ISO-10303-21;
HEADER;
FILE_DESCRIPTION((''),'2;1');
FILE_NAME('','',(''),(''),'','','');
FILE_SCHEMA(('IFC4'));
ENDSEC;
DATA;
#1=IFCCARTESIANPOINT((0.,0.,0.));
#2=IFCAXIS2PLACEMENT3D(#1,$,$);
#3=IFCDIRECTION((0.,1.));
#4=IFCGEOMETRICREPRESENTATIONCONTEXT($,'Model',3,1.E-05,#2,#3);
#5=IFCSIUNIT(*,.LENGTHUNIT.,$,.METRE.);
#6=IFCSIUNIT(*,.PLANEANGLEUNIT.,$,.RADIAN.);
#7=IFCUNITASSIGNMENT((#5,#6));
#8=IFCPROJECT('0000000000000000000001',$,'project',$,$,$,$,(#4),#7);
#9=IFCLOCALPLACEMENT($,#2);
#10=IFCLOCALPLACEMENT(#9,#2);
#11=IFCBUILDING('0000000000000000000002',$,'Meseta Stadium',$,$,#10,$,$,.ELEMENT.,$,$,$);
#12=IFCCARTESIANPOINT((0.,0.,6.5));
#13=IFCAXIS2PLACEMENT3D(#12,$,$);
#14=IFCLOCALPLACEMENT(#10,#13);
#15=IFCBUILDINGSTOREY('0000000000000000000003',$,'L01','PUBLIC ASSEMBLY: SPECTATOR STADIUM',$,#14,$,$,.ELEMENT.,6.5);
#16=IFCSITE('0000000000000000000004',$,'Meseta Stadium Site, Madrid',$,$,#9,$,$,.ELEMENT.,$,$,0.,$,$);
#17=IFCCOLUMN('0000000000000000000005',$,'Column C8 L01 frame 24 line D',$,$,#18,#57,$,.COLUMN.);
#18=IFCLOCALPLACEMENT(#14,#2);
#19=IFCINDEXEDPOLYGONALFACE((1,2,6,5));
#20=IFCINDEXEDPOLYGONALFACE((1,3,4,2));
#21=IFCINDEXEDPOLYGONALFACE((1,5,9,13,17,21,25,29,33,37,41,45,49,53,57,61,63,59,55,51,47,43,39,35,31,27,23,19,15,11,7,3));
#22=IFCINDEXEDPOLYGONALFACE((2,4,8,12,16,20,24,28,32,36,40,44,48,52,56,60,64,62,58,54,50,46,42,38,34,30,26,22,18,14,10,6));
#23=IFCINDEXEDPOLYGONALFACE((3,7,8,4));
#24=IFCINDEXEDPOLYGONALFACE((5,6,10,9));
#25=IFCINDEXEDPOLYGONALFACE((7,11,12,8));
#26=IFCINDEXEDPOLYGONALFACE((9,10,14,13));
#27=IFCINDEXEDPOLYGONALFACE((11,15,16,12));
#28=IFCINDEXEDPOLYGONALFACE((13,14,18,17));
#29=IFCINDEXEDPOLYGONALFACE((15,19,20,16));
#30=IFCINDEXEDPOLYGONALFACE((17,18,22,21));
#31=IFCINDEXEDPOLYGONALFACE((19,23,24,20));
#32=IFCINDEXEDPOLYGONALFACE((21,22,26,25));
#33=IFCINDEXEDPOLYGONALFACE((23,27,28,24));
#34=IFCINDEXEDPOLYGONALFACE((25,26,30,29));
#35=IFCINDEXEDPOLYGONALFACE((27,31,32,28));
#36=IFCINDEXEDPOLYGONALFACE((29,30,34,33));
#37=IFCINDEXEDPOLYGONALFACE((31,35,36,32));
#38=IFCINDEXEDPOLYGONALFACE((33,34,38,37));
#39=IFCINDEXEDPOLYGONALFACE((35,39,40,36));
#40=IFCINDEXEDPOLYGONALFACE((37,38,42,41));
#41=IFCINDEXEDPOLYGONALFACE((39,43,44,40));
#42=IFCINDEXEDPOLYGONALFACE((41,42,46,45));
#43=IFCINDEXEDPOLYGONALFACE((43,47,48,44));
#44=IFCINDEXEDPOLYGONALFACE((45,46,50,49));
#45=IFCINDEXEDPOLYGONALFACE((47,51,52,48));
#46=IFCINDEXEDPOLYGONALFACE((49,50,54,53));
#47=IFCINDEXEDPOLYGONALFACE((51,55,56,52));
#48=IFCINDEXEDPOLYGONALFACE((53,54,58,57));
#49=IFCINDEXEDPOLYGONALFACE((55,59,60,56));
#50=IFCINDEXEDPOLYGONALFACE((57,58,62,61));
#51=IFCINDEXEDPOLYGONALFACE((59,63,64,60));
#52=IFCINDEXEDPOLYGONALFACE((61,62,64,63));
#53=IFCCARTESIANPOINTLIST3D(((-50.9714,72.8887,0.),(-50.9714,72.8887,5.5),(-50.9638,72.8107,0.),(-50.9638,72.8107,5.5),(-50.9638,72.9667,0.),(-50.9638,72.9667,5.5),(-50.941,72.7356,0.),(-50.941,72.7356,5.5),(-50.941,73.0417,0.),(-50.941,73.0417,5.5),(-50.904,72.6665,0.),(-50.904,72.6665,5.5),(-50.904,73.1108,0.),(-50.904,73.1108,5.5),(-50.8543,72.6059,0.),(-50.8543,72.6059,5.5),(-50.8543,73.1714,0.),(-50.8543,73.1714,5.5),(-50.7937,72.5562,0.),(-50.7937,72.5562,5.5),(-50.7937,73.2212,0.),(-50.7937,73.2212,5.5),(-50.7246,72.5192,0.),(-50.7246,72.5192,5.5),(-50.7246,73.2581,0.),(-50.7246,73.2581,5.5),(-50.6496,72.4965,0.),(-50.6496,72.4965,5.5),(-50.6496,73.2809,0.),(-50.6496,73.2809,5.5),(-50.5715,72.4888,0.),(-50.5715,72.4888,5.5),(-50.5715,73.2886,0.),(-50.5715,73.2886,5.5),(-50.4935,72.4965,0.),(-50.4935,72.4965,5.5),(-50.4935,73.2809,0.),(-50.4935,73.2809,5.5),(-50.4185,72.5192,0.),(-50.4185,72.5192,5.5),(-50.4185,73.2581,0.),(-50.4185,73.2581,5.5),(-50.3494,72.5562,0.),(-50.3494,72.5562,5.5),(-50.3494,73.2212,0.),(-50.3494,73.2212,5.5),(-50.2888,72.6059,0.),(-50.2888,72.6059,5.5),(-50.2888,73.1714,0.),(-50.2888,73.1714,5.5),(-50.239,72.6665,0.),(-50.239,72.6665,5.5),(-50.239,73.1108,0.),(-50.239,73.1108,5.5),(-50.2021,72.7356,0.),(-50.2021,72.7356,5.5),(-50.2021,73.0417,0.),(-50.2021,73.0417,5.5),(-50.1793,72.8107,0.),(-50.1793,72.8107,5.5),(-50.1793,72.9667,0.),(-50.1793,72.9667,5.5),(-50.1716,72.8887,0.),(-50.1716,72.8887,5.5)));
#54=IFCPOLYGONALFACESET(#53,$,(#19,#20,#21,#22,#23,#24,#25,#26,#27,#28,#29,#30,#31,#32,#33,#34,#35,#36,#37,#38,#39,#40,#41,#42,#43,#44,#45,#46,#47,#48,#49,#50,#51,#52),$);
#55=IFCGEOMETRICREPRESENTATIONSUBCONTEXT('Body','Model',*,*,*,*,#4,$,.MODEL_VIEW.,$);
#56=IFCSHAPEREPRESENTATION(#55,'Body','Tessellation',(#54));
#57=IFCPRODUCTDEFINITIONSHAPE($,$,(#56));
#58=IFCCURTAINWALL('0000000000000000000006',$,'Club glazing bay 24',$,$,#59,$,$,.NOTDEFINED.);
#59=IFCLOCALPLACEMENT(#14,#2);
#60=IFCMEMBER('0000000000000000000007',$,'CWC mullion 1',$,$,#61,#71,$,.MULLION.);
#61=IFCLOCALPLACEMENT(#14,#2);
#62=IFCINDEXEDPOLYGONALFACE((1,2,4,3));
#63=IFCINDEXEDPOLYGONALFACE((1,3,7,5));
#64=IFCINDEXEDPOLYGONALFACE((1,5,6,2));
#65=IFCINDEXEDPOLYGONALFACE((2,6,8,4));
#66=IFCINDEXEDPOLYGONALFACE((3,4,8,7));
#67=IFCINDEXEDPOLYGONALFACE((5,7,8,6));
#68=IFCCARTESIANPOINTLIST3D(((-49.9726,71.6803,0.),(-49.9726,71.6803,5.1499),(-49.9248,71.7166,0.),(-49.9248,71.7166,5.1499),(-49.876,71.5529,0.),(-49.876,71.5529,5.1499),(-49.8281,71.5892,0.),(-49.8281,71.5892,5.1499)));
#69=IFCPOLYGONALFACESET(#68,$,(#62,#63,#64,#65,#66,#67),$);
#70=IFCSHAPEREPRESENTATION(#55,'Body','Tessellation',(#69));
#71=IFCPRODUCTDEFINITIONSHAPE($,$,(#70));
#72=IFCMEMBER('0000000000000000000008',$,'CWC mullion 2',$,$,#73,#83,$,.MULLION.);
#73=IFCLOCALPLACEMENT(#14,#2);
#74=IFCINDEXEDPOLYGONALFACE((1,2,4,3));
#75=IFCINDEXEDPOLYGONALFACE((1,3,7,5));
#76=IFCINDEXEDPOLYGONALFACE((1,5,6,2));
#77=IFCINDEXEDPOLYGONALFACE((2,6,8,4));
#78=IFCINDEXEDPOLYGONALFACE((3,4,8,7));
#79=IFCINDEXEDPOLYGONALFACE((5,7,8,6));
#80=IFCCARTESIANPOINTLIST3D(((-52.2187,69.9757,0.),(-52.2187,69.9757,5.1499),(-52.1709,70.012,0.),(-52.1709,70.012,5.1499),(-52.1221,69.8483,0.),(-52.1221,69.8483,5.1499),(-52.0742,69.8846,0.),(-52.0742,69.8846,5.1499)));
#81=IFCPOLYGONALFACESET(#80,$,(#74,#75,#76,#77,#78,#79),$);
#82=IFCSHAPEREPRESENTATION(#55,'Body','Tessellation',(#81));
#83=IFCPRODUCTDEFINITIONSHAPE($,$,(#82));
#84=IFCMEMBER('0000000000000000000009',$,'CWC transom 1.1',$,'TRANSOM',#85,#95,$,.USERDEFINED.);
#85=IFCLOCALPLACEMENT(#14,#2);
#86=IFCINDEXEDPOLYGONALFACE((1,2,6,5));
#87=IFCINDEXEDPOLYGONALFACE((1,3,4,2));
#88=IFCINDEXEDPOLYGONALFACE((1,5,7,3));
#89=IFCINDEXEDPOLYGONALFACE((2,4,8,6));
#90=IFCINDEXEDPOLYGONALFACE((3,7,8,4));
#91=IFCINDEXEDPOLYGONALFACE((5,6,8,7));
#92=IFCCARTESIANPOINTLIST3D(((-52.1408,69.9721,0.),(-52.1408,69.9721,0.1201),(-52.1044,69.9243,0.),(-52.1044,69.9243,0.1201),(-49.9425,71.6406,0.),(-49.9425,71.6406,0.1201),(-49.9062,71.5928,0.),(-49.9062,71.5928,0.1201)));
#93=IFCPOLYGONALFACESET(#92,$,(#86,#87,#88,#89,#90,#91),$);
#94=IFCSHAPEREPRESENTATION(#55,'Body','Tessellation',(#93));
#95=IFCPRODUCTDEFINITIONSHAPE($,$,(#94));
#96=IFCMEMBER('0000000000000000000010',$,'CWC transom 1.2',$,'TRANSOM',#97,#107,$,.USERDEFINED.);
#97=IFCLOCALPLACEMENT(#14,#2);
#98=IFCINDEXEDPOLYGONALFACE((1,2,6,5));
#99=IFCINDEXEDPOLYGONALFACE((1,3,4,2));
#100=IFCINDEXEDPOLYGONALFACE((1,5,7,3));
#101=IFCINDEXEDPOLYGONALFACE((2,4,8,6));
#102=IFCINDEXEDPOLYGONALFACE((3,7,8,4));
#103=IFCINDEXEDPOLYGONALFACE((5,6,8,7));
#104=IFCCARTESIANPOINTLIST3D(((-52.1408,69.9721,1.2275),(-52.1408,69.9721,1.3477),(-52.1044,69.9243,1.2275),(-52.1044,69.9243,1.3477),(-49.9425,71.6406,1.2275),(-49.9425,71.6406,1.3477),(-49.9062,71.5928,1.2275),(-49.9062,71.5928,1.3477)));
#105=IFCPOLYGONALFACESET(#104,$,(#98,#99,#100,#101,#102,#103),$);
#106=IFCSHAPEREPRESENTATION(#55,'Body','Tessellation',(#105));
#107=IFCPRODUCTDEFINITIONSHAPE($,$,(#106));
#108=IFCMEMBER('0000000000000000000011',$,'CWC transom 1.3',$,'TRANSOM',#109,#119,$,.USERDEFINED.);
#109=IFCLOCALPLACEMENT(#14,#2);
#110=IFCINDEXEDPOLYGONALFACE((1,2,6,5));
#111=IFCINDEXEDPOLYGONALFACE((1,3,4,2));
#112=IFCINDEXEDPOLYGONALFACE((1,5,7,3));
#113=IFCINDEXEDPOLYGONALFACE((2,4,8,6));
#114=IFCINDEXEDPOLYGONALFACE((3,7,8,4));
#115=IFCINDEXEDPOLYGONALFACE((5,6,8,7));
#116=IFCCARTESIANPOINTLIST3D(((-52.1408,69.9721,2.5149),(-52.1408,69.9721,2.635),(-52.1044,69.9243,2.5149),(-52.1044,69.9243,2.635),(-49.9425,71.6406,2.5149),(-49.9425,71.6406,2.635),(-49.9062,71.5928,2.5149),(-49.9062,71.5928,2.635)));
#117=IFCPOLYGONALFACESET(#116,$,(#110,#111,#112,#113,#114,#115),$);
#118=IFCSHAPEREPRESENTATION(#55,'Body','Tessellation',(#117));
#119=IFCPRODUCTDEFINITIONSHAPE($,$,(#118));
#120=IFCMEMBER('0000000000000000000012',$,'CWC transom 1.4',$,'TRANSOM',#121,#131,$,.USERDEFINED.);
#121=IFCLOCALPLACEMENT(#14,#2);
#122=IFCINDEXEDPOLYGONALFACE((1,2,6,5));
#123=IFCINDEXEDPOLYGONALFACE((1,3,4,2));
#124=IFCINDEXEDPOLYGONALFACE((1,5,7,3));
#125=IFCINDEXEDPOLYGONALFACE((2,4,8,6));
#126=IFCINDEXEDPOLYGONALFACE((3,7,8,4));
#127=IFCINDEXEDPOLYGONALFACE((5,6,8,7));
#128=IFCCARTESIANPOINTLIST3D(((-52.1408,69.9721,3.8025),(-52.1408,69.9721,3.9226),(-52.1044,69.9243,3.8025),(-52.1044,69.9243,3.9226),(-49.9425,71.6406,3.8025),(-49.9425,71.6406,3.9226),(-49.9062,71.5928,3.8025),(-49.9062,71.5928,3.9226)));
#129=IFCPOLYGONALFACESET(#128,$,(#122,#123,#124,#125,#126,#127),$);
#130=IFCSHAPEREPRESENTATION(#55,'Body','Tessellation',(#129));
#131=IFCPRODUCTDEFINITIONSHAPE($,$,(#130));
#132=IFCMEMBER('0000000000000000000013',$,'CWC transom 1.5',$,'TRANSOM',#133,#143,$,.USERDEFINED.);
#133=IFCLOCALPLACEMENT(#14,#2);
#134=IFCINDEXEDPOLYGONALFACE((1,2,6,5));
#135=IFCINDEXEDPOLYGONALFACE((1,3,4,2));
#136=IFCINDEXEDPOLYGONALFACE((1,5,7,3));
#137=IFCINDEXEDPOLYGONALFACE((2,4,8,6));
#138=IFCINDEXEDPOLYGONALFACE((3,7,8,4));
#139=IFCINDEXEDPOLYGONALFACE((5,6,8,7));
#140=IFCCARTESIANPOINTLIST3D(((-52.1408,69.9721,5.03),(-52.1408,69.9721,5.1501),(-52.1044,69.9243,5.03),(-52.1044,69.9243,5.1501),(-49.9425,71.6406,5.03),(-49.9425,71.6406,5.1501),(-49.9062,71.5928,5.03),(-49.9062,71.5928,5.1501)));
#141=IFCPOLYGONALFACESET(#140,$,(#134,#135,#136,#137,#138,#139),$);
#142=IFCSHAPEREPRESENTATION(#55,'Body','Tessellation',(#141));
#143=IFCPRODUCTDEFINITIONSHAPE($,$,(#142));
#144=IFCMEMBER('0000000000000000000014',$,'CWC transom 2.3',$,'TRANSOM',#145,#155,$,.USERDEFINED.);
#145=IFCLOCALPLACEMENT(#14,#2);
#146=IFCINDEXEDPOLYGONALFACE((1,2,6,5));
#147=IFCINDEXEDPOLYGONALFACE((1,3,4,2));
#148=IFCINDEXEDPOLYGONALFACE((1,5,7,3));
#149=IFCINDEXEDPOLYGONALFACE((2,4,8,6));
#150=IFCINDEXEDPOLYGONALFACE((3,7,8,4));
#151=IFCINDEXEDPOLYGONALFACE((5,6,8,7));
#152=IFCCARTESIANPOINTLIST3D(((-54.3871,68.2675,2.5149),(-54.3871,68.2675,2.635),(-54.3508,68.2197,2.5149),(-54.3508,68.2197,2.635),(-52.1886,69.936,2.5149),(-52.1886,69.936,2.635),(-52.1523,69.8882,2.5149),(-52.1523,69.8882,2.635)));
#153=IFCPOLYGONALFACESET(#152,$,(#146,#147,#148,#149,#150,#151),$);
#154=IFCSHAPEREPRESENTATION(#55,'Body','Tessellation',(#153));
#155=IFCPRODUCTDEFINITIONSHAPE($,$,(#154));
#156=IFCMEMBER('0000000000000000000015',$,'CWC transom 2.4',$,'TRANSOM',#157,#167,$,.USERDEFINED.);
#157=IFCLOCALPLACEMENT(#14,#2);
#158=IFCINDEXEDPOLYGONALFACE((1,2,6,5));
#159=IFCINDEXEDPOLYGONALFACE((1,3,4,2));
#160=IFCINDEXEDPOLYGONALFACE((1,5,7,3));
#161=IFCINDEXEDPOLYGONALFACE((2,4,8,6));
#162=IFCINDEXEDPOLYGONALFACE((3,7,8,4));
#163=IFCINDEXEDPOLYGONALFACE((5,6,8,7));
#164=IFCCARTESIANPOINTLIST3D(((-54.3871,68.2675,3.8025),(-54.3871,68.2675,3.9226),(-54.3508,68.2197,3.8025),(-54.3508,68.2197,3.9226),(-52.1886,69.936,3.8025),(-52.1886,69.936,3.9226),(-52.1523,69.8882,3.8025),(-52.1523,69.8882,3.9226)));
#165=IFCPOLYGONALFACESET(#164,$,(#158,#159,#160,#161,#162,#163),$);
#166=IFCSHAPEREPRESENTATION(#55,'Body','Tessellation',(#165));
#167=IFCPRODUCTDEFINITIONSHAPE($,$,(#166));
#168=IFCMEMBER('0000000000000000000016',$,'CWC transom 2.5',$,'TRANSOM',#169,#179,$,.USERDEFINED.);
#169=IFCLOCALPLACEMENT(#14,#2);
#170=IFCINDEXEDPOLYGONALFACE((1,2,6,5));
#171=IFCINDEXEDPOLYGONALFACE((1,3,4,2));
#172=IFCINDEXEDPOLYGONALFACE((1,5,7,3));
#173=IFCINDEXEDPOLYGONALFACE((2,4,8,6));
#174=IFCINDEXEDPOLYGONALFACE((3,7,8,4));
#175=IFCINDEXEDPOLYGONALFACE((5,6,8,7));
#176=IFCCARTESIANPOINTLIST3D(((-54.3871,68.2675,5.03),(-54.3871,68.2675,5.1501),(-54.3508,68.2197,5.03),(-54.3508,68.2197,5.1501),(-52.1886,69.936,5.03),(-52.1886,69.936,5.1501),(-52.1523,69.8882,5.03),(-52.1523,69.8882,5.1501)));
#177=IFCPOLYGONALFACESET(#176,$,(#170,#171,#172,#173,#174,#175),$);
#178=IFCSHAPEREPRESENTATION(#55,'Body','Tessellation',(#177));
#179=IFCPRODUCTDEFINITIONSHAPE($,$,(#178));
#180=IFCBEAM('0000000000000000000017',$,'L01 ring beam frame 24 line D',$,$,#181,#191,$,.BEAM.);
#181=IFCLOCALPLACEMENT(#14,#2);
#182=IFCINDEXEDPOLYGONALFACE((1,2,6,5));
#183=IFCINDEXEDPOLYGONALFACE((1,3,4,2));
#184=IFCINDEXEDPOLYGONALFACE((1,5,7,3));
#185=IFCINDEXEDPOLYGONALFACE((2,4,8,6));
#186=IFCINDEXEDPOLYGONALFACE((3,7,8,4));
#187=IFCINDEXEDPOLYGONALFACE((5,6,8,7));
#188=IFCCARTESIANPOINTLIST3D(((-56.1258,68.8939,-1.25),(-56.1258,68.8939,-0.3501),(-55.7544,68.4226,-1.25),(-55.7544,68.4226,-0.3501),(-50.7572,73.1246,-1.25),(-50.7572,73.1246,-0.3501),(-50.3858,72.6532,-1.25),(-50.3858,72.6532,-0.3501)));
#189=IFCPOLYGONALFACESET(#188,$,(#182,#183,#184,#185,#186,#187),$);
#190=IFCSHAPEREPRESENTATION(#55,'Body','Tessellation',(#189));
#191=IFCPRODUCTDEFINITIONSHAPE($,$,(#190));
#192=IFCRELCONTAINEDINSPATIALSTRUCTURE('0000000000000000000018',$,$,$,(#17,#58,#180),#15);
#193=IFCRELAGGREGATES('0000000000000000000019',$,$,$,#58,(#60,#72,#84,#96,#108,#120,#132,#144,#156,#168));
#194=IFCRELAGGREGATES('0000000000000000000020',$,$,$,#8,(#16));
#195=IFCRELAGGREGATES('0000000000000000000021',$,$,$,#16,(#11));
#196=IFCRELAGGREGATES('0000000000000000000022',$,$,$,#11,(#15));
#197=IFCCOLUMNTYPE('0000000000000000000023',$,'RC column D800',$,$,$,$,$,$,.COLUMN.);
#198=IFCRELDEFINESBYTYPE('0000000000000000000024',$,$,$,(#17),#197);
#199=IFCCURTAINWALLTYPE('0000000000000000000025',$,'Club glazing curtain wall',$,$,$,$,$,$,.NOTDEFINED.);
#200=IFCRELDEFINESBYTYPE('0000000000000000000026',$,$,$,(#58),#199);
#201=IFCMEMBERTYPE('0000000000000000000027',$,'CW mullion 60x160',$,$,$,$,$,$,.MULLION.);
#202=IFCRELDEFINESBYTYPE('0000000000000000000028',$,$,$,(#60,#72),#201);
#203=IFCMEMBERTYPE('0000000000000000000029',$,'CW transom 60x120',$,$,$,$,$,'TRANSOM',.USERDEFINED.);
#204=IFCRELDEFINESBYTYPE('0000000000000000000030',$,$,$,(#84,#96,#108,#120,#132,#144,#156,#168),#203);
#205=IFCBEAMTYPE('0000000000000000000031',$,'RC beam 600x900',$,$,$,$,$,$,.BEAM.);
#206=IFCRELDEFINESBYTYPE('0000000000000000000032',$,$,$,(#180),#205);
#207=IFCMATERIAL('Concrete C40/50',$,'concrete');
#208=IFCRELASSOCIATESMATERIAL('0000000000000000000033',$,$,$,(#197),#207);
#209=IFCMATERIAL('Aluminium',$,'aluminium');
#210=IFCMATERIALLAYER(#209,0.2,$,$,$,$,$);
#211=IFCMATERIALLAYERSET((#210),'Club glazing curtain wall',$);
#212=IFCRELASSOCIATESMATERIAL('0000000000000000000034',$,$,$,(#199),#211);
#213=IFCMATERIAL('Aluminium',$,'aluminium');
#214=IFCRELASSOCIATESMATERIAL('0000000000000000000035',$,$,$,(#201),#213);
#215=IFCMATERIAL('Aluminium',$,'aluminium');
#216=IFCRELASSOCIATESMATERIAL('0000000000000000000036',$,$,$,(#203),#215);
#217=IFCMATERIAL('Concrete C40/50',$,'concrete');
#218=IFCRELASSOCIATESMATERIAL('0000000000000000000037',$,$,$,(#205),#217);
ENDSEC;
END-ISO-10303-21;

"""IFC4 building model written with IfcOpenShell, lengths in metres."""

from ifc_helpers import new_model, si_unit, direction, frame, origin, origin_2d, place, context, subcontext, project, spatial, rectangle, circle, extrude, material, layer, layer_set, material_profile, profile_set, type_object, element, aggregate, save


model = new_model("IFC4")

# Units and contexts
model_context = context("Model", 3, precision=1e-05, world=origin(), true_north=direction((0.0, 1.0)))
body_context = subcontext(model_context, "Body", "Model", "MODEL_VIEW")
ifc_project = project(units=[si_unit("LENGTHUNIT", "METRE"), si_unit("PLANEANGLEUNIT", "RADIAN")], contexts=[model_context])

# Site, building, storey
site_placement = place(None, origin())
site = spatial("IfcSite", under=ifc_project, at=site_placement, Name="Meseta Stadium Site, Madrid", CompositionType="ELEMENT", RefElevation=0.0)
building_placement = place(site_placement, origin())
building = spatial("IfcBuilding", under=site, at=building_placement, Name="Meseta Stadium", CompositionType="ELEMENT")
storey_placement = place(building_placement, frame((0.0, 0.0, 6.5)))
storey = spatial("IfcBuildingStorey", under=building, at=storey_placement, Name="L01", Description="PUBLIC ASSEMBLY: SPECTATOR STADIUM", CompositionType="ELEMENT", Elevation=6.5)

# Column
ifc_material_1 = material(Name="Concrete C40/50", Category="concrete")
ifc_material_profile_1 = material_profile(ifc_material_1, circle(Radius=0.3999, at=origin_2d()), Name="RC D800")
ifc_profile_set_1 = profile_set([ifc_material_profile_1], Name="Concrete C40/50")
column_type = type_object("IfcColumnType", Name="RC column D800", PredefinedType="COLUMN", material=ifc_profile_set_1)
column_placement = place(storey_placement, frame((-50.5715, 72.8887, 0.0), z_axis=(0.0, 0.0, 1.0), x_axis=(1.0, 0.0, 0.0)))
element("IfcColumn", 1, at=column_placement, inside=storey, type_object=column_type, Name="Column C8 L01 frame 24 line D", PredefinedType="COLUMN", context=body_context, shape_type="SweptSolid", body=[
    extrude(circle(Radius=0.3999, at=origin_2d()), origin(), (0.0, 0.0, 1.0), 5.5),
])

# Curtain wall, members
ifc_material_2 = material(Name="Aluminium", Category="aluminium")
ifc_layer_1 = layer(ifc_material_2, 0.2)
ifc_layer_set_1 = layer_set([ifc_layer_1], Name="Club glazing curtain wall")
curtain_wall_type = type_object("IfcCurtainWallType", Name="Club glazing curtain wall", PredefinedType="NOTDEFINED", material=ifc_layer_set_1)
curtain_wall_placement = place(storey_placement, origin())
curtain_wall = element("IfcCurtainWall", 2, at=curtain_wall_placement, inside=storey, type_object=curtain_wall_type, Name="Club glazing bay 24", PredefinedType="NOTDEFINED")
ifc_material_3 = material(Name="Aluminium", Category="aluminium")
ifc_material_profile_2 = material_profile(ifc_material_3, rectangle(XDim=0.1599, YDim=0.0601, at=origin_2d()), Name="CW 160x60")
ifc_profile_set_2 = profile_set([ifc_material_profile_2], Name="Aluminium")
member_type_1 = type_object("IfcMemberType", Name="CW mullion 60x160", PredefinedType="MULLION", material=ifc_profile_set_2)
member_1_placement = place(storey_placement, frame((-49.9004, 71.6348, 0.0), z_axis=(0.0, 0.0, 1.0), x_axis=(0.60452, -0.79659, 0.0)))
member_1 = element("IfcMember", 3, at=member_1_placement, type_object=member_type_1, Name="CWC mullion 1", PredefinedType="MULLION", context=body_context, shape_type="SweptSolid", body=[
    extrude(rectangle(XDim=0.1599, YDim=0.0601, at=origin_2d()), origin(), (0.0, 0.0, 1.0), 5.1499),
])
member_2_placement = place(storey_placement, frame((-52.1465, 69.9302, 0.0), z_axis=(0.0, 0.0, 1.0), x_axis=(0.60452, -0.79659, 0.0)))
member_2 = element("IfcMember", 4, at=member_2_placement, type_object=member_type_1, Name="CWC mullion 2", PredefinedType="MULLION", context=body_context, shape_type="SweptSolid", body=[
    extrude(rectangle(XDim=0.1599, YDim=0.0601, at=origin_2d()), origin(), (0.0, 0.0, 1.0), 5.1499),
])
ifc_material_4 = material(Name="Aluminium", Category="aluminium")
ifc_material_profile_3 = material_profile(ifc_material_4, rectangle(XDim=0.0601, YDim=0.1201, at=origin_2d()), Name="CW 60x120")
ifc_profile_set_3 = profile_set([ifc_material_profile_3], Name="Aluminium")
member_type_2 = type_object("IfcMemberType", Name="CW transom 60x120", ElementType="TRANSOM", PredefinedType="USERDEFINED", material=ifc_profile_set_3)
member_3_placement = place(storey_placement, frame((-49.9243, 71.6167, 0.0601), z_axis=(-0.796547, -0.604576, 0.0), x_axis=(0.604576, -0.796547, 0.0)))
member_3 = element("IfcMember", 5, at=member_3_placement, type_object=member_type_2, Name="CWC transom 1.1", ObjectType="TRANSOM", PredefinedType="USERDEFINED", context=body_context, shape_type="SweptSolid", body=[
    extrude(rectangle(XDim=0.0601, YDim=0.1201, at=origin_2d()), origin(), (0.0, 0.0, 1.0), 2.7598),
])
member_4_placement = place(storey_placement, frame((-49.9243, 71.6167, 1.2876), z_axis=(-0.796547, -0.604576, 0.0), x_axis=(0.604576, -0.796547, 0.0)))
member_4 = element("IfcMember", 6, at=member_4_placement, type_object=member_type_2, Name="CWC transom 1.2", ObjectType="TRANSOM", PredefinedType="USERDEFINED", context=body_context, shape_type="SweptSolid", body=[
    extrude(rectangle(XDim=0.0601, YDim=0.1201, at=origin_2d()), origin(), (0.0, 0.0, 1.0), 2.7598),
])
member_5_placement = place(storey_placement, frame((-49.9243, 71.6167, 2.575), z_axis=(-0.796547, -0.604576, 0.0), x_axis=(0.604576, -0.796547, 0.0)))
member_5 = element("IfcMember", 7, at=member_5_placement, type_object=member_type_2, Name="CWC transom 1.3", ObjectType="TRANSOM", PredefinedType="USERDEFINED", context=body_context, shape_type="SweptSolid", body=[
    extrude(rectangle(XDim=0.0601, YDim=0.1201, at=origin_2d()), origin(), (0.0, 0.0, 1.0), 2.7598),
])
member_6_placement = place(storey_placement, frame((-49.9243, 71.6167, 3.8625), z_axis=(-0.796547, -0.604576, 0.0), x_axis=(0.604576, -0.796547, 0.0)))
member_6 = element("IfcMember", 8, at=member_6_placement, type_object=member_type_2, Name="CWC transom 1.4", ObjectType="TRANSOM", PredefinedType="USERDEFINED", context=body_context, shape_type="SweptSolid", body=[
    extrude(rectangle(XDim=0.0601, YDim=0.1201, at=origin_2d()), origin(), (0.0, 0.0, 1.0), 2.7598),
])
member_7_placement = place(storey_placement, frame((-49.9243, 71.6167, 5.0901), z_axis=(-0.796547, -0.604576, 0.0), x_axis=(0.604576, -0.796547, 0.0)))
member_7 = element("IfcMember", 9, at=member_7_placement, type_object=member_type_2, Name="CWC transom 1.5", ObjectType="TRANSOM", PredefinedType="USERDEFINED", context=body_context, shape_type="SweptSolid", body=[
    extrude(rectangle(XDim=0.0601, YDim=0.1201, at=origin_2d()), origin(), (0.0, 0.0, 1.0), 2.7598),
])
member_8_placement = place(storey_placement, frame((-52.1704, 69.9121, 2.575), z_axis=(-0.79658, -0.604534, 0.0), x_axis=(0.604534, -0.79658, 0.0)))
member_8 = element("IfcMember", 10, at=member_8_placement, type_object=member_type_2, Name="CWC transom 2.3", ObjectType="TRANSOM", PredefinedType="USERDEFINED", context=body_context, shape_type="SweptSolid", body=[
    extrude(rectangle(XDim=0.0601, YDim=0.1201, at=origin_2d()), origin(), (0.0, 0.0, 1.0), 2.76),
])
member_9_placement = place(storey_placement, frame((-52.1704, 69.9121, 3.8625), z_axis=(-0.79658, -0.604534, 0.0), x_axis=(0.604534, -0.79658, 0.0)))
member_9 = element("IfcMember", 11, at=member_9_placement, type_object=member_type_2, Name="CWC transom 2.4", ObjectType="TRANSOM", PredefinedType="USERDEFINED", context=body_context, shape_type="SweptSolid", body=[
    extrude(rectangle(XDim=0.0601, YDim=0.1201, at=origin_2d()), origin(), (0.0, 0.0, 1.0), 2.76),
])
member_10_placement = place(storey_placement, frame((-52.1704, 69.9121, 5.0901), z_axis=(-0.79658, -0.604534, 0.0), x_axis=(0.604534, -0.79658, 0.0)))
member_10 = element("IfcMember", 12, at=member_10_placement, type_object=member_type_2, Name="CWC transom 2.5", ObjectType="TRANSOM", PredefinedType="USERDEFINED", context=body_context, shape_type="SweptSolid", body=[
    extrude(rectangle(XDim=0.0601, YDim=0.1201, at=origin_2d()), origin(), (0.0, 0.0, 1.0), 2.76),
])

# Beam
ifc_material_5 = material(Name="Concrete C40/50", Category="concrete")
ifc_material_profile_4 = material_profile(ifc_material_5, rectangle(XDim=0.6001, YDim=0.8999, at=origin_2d()), Name="RC 600x900")
ifc_profile_set_4 = profile_set([ifc_material_profile_4], Name="Concrete C40/50")
beam_type = type_object("IfcBeamType", Name="RC beam 600x900", PredefinedType="BEAM", material=ifc_profile_set_4)
beam_1_placement = place(storey_placement, frame((-50.5715, 72.8889, -0.8), z_axis=(-0.78543, -0.61895, 0.0), x_axis=(0.61895, -0.78543, 0.0)))
element("IfcBeam", 13, at=beam_1_placement, inside=storey, type_object=beam_type, Name="L01 ring beam frame 24 line D", PredefinedType="BEAM", context=body_context, shape_type="SweptSolid", body=[
    extrude(rectangle(XDim=0.6001, YDim=0.8999, at=origin_2d()), origin(), (0.0, 0.0, 1.0), 6.8352),
])

aggregate(curtain_wall, [member_1, member_2, member_3, member_4, member_5, member_6, member_7, member_8, member_9, member_10])

save(model, "model.ifc")
